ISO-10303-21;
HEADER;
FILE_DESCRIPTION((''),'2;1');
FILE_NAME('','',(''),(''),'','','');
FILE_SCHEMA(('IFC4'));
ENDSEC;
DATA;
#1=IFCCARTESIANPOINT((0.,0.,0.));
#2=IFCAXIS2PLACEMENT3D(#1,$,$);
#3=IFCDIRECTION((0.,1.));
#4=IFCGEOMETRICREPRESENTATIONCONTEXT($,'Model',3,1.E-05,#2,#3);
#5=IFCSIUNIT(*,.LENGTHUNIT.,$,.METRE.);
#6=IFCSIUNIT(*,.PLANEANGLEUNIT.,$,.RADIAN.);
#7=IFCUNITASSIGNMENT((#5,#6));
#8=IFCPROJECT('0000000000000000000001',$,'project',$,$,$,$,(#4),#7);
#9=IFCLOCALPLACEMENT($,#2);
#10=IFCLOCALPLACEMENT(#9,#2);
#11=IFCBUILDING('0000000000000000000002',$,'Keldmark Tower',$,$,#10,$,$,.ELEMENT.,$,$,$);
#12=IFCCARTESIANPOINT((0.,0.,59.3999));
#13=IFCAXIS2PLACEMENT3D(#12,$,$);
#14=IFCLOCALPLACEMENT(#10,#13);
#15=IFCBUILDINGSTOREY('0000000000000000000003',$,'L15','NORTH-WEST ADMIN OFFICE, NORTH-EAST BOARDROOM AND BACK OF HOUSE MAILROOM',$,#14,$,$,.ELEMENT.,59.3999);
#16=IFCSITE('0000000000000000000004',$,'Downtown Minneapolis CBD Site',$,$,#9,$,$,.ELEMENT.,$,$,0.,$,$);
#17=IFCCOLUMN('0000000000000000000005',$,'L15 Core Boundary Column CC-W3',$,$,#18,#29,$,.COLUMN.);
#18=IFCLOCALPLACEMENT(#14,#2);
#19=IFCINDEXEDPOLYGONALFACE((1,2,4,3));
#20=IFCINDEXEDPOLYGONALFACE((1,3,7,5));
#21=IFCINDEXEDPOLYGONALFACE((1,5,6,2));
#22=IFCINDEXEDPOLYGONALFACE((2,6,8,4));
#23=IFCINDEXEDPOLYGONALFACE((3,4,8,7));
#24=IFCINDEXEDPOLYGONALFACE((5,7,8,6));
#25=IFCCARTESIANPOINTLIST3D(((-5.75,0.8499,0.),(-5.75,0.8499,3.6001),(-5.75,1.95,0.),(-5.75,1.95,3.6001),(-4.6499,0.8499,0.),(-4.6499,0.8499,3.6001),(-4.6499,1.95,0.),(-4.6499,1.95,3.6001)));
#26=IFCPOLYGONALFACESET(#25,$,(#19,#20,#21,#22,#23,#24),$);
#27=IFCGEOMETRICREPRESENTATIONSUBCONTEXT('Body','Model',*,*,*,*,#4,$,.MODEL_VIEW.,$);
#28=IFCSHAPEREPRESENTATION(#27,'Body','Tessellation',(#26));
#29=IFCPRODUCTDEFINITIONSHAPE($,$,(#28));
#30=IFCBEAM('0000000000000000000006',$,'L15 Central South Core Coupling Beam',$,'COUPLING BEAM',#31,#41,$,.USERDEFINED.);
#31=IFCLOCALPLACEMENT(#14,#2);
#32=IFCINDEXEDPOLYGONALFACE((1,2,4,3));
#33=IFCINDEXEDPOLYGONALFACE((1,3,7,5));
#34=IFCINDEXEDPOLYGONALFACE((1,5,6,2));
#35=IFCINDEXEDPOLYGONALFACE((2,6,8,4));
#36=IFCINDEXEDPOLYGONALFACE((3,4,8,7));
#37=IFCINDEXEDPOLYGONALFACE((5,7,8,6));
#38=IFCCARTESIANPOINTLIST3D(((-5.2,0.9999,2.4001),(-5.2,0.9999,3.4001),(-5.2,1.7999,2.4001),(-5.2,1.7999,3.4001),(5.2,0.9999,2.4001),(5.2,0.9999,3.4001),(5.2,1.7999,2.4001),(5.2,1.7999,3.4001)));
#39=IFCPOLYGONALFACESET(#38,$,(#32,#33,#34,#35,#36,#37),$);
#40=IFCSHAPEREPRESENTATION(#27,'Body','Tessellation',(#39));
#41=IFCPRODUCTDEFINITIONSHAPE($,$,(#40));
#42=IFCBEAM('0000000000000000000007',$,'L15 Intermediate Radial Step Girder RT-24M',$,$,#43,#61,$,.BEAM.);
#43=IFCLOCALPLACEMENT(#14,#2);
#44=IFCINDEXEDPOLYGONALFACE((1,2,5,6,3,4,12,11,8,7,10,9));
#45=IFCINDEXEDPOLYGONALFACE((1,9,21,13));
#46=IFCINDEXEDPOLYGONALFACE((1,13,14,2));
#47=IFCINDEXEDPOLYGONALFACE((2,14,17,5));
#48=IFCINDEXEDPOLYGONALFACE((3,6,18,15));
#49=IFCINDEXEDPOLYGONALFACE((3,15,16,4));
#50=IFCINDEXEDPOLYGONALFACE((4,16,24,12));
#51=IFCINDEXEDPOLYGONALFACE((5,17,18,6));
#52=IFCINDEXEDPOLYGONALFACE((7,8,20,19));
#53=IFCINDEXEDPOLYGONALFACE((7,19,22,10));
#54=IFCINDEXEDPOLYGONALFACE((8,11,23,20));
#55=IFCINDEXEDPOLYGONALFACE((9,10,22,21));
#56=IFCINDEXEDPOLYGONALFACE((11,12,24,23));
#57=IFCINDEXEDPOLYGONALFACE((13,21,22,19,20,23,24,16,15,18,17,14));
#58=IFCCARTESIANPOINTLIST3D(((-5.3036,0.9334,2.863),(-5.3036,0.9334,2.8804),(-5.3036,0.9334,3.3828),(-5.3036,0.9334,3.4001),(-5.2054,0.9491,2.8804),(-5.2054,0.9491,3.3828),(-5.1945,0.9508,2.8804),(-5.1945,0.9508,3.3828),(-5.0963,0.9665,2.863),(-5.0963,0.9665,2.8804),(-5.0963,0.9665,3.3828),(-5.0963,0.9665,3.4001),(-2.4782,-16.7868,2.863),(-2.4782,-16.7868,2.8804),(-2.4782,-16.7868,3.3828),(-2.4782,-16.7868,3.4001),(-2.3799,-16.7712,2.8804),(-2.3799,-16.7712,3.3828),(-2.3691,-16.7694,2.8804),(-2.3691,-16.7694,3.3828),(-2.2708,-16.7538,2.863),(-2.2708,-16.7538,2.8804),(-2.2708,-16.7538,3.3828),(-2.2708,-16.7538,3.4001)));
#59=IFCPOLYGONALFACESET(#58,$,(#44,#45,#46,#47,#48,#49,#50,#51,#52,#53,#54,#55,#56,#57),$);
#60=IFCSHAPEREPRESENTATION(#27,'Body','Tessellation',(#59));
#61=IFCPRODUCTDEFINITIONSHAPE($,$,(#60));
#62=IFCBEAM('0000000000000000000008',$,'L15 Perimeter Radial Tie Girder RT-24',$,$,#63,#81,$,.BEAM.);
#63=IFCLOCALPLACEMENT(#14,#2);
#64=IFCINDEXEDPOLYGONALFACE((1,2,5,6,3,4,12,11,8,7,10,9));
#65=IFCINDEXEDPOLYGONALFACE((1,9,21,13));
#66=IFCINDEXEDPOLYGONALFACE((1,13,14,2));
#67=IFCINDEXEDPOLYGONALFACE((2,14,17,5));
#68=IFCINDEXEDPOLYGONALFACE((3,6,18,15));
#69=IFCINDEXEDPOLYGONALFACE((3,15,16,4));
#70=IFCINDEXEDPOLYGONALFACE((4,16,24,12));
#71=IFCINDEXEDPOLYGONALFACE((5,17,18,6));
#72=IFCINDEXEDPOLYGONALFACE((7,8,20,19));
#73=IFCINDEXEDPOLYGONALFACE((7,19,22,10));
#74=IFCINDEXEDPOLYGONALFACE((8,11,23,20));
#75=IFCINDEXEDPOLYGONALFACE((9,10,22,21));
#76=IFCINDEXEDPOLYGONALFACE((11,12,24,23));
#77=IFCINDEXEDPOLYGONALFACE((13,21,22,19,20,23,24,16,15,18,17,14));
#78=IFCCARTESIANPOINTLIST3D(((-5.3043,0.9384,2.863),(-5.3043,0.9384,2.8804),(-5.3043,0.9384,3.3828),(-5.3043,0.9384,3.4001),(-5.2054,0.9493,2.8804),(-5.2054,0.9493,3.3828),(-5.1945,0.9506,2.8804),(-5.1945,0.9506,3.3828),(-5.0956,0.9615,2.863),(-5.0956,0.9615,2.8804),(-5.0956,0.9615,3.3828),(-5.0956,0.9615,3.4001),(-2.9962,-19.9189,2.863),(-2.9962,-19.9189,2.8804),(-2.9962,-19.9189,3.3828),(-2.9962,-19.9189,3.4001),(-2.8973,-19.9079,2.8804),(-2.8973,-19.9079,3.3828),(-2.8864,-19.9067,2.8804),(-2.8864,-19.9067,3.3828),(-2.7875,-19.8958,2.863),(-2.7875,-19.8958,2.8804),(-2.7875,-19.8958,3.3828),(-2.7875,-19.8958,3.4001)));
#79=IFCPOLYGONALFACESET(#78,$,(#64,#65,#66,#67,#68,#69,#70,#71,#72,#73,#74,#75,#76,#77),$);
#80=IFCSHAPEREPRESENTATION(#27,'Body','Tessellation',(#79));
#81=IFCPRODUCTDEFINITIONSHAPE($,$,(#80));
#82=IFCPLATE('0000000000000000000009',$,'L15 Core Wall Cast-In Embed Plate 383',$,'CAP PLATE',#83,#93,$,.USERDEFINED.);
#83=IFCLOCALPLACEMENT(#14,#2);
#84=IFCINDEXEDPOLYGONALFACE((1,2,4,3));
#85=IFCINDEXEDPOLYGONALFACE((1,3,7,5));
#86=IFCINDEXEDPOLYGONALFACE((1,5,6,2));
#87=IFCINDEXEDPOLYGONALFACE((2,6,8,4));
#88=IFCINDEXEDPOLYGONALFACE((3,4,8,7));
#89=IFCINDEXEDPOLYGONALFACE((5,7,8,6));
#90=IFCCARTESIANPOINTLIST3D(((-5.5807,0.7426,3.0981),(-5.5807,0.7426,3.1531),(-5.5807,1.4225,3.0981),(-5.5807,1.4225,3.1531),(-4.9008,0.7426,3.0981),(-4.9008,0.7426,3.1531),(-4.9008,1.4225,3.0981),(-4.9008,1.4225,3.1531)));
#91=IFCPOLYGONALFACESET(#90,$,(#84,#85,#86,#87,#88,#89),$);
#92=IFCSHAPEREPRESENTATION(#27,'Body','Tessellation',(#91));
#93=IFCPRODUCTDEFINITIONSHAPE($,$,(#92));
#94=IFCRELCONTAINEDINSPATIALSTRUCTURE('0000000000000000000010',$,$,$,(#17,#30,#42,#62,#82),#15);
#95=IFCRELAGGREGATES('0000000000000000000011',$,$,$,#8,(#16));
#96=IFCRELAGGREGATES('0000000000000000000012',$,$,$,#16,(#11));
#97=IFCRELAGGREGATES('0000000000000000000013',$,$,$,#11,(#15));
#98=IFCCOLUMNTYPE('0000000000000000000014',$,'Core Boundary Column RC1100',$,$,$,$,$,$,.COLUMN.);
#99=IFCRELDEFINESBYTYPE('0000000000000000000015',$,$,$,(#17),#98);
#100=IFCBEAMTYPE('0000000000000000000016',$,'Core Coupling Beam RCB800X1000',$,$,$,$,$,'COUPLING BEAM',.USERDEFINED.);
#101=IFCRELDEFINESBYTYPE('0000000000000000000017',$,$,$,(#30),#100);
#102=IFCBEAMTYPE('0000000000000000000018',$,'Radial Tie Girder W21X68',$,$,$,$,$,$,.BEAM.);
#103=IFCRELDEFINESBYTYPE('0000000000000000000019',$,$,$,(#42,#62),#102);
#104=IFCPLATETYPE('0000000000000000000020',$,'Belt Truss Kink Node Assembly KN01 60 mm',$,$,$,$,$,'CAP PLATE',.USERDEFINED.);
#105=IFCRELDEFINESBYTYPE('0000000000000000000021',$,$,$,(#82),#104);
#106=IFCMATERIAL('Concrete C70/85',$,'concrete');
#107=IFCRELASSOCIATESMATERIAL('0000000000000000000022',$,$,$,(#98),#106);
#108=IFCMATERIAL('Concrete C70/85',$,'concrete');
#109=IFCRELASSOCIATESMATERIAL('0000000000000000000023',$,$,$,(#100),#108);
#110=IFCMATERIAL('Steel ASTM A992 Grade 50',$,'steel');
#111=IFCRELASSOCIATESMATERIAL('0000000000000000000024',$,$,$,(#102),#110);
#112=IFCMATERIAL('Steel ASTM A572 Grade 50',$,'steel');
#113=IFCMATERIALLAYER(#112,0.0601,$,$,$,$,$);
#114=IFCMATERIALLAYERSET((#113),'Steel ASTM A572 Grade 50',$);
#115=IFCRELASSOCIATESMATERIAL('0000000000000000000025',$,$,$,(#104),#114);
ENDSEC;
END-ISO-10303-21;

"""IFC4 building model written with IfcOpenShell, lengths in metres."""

from ifc_helpers import new_model, si_unit, direction, frame, origin, origin_2d, place, context, subcontext, project, spatial, rectangle, i_section, extrude, material, layer, layer_set, material_profile, profile_set, type_object, element, save


model = new_model("IFC4")

# Units and contexts
model_context = context("Model", 3, precision=1e-05, world=origin(), true_north=direction((0.0, 1.0)))
body_context = subcontext(model_context, "Body", "Model", "MODEL_VIEW")
ifc_project = project(units=[si_unit("LENGTHUNIT", "METRE"), si_unit("PLANEANGLEUNIT", "RADIAN")], contexts=[model_context])

# Site, building, storey
site_placement = place(None, origin())
site = spatial("IfcSite", under=ifc_project, at=site_placement, Name="Downtown Minneapolis CBD Site", CompositionType="ELEMENT", RefElevation=0.0)
building_placement = place(site_placement, origin())
building = spatial("IfcBuilding", under=site, at=building_placement, Name="Keldmark Tower", CompositionType="ELEMENT")
storey_placement = place(building_placement, frame((0.0, 0.0, 59.3999)))
storey = spatial("IfcBuildingStorey", under=building, at=storey_placement, Name="L15", Description="NORTH-WEST ADMIN OFFICE, NORTH-EAST BOARDROOM AND BACK OF HOUSE MAILROOM", CompositionType="ELEMENT", Elevation=59.3999)

# Column
ifc_material_1 = material(Name="Concrete C70/85", Category="concrete")
ifc_material_profile_1 = material_profile(ifc_material_1, rectangle(XDim=1.1001, YDim=1.1001, at=origin_2d()), Name="RC1100X1100")
ifc_profile_set_1 = profile_set([ifc_material_profile_1], Name="Concrete C70/85")
column_type = type_object("IfcColumnType", Name="Core Boundary Column RC1100", PredefinedType="COLUMN", material=ifc_profile_set_1)
column_placement = place(storey_placement, frame((-5.2, 1.3999, 0.0), z_axis=(0.0, 0.0, 1.0), x_axis=(1.0, 0.0, 0.0)))
element("IfcColumn", 1, at=column_placement, inside=storey, type_object=column_type, Name="L15 Core Boundary Column CC-W3", PredefinedType="COLUMN", context=body_context, shape_type="SweptSolid", body=[
    extrude(rectangle(XDim=1.1001, YDim=1.1001, at=origin_2d()), origin(), (0.0, 0.0, 1.0), 3.6001),
])

# Beams
ifc_material_2 = material(Name="Concrete C70/85", Category="concrete")
ifc_material_profile_2 = material_profile(ifc_material_2, rectangle(XDim=0.8, YDim=1.0, at=origin_2d()), Name="RCB800X1000")
ifc_profile_set_2 = profile_set([ifc_material_profile_2], Name="Concrete C70/85")
beam_type_1 = type_object("IfcBeamType", Name="Core Coupling Beam RCB800X1000", ElementType="COUPLING BEAM", PredefinedType="USERDEFINED", material=ifc_profile_set_2)
beam_1_placement = place(storey_placement, frame((-5.2, 1.3999, 2.9001), z_axis=(1.0, 0.0, 0.0), x_axis=(0.0, 1.0, 0.0)))
element("IfcBeam", 2, at=beam_1_placement, inside=storey, type_object=beam_type_1, Name="L15 Central South Core Coupling Beam", ObjectType="COUPLING BEAM", PredefinedType="USERDEFINED", context=body_context, shape_type="SweptSolid", body=[
    extrude(rectangle(XDim=0.8, YDim=1.0, at=origin_2d()), origin(), (0.0, 0.0, 1.0), 10.3999),
])
ifc_material_3 = material(Name="Steel ASTM A992 Grade 50", Category="steel")
ifc_material_profile_3 = material_profile(ifc_material_3, i_section(OverallWidth=0.21, OverallDepth=0.5371, WebThickness=0.011, FlangeThickness=0.0173, at=origin_2d()), Name="W21X68")
ifc_profile_set_3 = profile_set([ifc_material_profile_3], Name="Steel ASTM A992 Grade 50")
beam_type_2 = type_object("IfcBeamType", Name="Radial Tie Girder W21X68", PredefinedType="BEAM", material=ifc_profile_set_3)
beam_2_placement = place(storey_placement, frame((-5.2, 0.95, 3.1316), z_axis=(0.157458, -0.987526, 0.0), x_axis=(0.987526, 0.157458, 0.0)))
element("IfcBeam", 3, at=beam_2_placement, inside=storey, type_object=beam_type_2, Name="L15 Intermediate Radial Step Girder RT-24M", PredefinedType="BEAM", context=body_context, shape_type="SweptSolid", body=[
    extrude(i_section(OverallWidth=0.21, OverallDepth=0.5371, WebThickness=0.011, FlangeThickness=0.0173, at=origin_2d()), origin(), (0.0, 0.0, 1.0), 17.9441),
])
beam_3_placement = place(storey_placement, frame((-5.2, 0.95, 3.1316), z_axis=(0.109991, -0.993933, 0.0), x_axis=(0.993933, 0.109991, 0.0)))
element("IfcBeam", 4, at=beam_3_placement, inside=storey, type_object=beam_type_2, Name="L15 Perimeter Radial Tie Girder RT-24", PredefinedType="BEAM", context=body_context, shape_type="SweptSolid", body=[
    extrude(i_section(OverallWidth=0.21, OverallDepth=0.5371, WebThickness=0.011, FlangeThickness=0.0173, at=origin_2d()), origin(), (0.0, 0.0, 1.0), 20.9846),
])

# Plate
ifc_material_4 = material(Name="Steel ASTM A572 Grade 50", Category="steel")
ifc_layer_1 = layer(ifc_material_4, 0.0601)
ifc_layer_set_1 = layer_set([ifc_layer_1], Name="Steel ASTM A572 Grade 50")
plate_type = type_object("IfcPlateType", Name="Belt Truss Kink Node Assembly KN01 60 mm", ElementType="CAP PLATE", PredefinedType="USERDEFINED", material=ifc_layer_set_1)
plate_placement = place(storey_placement, frame((-5.2407, 1.0825, 3.0981), z_axis=(0.0, 0.0, 1.0), x_axis=(1.0, 0.0, 0.0)))
element("IfcPlate", 5, at=plate_placement, inside=storey, type_object=plate_type, Name="L15 Core Wall Cast-In Embed Plate 383", ObjectType="CAP PLATE", PredefinedType="USERDEFINED", context=body_context, shape_type="SweptSolid", body=[
    extrude(rectangle(XDim=0.6799, YDim=0.6799, at=origin_2d()), origin(), (0.0, 0.0, 1.0), 0.0549),
])

save(model, "model.ifc")
